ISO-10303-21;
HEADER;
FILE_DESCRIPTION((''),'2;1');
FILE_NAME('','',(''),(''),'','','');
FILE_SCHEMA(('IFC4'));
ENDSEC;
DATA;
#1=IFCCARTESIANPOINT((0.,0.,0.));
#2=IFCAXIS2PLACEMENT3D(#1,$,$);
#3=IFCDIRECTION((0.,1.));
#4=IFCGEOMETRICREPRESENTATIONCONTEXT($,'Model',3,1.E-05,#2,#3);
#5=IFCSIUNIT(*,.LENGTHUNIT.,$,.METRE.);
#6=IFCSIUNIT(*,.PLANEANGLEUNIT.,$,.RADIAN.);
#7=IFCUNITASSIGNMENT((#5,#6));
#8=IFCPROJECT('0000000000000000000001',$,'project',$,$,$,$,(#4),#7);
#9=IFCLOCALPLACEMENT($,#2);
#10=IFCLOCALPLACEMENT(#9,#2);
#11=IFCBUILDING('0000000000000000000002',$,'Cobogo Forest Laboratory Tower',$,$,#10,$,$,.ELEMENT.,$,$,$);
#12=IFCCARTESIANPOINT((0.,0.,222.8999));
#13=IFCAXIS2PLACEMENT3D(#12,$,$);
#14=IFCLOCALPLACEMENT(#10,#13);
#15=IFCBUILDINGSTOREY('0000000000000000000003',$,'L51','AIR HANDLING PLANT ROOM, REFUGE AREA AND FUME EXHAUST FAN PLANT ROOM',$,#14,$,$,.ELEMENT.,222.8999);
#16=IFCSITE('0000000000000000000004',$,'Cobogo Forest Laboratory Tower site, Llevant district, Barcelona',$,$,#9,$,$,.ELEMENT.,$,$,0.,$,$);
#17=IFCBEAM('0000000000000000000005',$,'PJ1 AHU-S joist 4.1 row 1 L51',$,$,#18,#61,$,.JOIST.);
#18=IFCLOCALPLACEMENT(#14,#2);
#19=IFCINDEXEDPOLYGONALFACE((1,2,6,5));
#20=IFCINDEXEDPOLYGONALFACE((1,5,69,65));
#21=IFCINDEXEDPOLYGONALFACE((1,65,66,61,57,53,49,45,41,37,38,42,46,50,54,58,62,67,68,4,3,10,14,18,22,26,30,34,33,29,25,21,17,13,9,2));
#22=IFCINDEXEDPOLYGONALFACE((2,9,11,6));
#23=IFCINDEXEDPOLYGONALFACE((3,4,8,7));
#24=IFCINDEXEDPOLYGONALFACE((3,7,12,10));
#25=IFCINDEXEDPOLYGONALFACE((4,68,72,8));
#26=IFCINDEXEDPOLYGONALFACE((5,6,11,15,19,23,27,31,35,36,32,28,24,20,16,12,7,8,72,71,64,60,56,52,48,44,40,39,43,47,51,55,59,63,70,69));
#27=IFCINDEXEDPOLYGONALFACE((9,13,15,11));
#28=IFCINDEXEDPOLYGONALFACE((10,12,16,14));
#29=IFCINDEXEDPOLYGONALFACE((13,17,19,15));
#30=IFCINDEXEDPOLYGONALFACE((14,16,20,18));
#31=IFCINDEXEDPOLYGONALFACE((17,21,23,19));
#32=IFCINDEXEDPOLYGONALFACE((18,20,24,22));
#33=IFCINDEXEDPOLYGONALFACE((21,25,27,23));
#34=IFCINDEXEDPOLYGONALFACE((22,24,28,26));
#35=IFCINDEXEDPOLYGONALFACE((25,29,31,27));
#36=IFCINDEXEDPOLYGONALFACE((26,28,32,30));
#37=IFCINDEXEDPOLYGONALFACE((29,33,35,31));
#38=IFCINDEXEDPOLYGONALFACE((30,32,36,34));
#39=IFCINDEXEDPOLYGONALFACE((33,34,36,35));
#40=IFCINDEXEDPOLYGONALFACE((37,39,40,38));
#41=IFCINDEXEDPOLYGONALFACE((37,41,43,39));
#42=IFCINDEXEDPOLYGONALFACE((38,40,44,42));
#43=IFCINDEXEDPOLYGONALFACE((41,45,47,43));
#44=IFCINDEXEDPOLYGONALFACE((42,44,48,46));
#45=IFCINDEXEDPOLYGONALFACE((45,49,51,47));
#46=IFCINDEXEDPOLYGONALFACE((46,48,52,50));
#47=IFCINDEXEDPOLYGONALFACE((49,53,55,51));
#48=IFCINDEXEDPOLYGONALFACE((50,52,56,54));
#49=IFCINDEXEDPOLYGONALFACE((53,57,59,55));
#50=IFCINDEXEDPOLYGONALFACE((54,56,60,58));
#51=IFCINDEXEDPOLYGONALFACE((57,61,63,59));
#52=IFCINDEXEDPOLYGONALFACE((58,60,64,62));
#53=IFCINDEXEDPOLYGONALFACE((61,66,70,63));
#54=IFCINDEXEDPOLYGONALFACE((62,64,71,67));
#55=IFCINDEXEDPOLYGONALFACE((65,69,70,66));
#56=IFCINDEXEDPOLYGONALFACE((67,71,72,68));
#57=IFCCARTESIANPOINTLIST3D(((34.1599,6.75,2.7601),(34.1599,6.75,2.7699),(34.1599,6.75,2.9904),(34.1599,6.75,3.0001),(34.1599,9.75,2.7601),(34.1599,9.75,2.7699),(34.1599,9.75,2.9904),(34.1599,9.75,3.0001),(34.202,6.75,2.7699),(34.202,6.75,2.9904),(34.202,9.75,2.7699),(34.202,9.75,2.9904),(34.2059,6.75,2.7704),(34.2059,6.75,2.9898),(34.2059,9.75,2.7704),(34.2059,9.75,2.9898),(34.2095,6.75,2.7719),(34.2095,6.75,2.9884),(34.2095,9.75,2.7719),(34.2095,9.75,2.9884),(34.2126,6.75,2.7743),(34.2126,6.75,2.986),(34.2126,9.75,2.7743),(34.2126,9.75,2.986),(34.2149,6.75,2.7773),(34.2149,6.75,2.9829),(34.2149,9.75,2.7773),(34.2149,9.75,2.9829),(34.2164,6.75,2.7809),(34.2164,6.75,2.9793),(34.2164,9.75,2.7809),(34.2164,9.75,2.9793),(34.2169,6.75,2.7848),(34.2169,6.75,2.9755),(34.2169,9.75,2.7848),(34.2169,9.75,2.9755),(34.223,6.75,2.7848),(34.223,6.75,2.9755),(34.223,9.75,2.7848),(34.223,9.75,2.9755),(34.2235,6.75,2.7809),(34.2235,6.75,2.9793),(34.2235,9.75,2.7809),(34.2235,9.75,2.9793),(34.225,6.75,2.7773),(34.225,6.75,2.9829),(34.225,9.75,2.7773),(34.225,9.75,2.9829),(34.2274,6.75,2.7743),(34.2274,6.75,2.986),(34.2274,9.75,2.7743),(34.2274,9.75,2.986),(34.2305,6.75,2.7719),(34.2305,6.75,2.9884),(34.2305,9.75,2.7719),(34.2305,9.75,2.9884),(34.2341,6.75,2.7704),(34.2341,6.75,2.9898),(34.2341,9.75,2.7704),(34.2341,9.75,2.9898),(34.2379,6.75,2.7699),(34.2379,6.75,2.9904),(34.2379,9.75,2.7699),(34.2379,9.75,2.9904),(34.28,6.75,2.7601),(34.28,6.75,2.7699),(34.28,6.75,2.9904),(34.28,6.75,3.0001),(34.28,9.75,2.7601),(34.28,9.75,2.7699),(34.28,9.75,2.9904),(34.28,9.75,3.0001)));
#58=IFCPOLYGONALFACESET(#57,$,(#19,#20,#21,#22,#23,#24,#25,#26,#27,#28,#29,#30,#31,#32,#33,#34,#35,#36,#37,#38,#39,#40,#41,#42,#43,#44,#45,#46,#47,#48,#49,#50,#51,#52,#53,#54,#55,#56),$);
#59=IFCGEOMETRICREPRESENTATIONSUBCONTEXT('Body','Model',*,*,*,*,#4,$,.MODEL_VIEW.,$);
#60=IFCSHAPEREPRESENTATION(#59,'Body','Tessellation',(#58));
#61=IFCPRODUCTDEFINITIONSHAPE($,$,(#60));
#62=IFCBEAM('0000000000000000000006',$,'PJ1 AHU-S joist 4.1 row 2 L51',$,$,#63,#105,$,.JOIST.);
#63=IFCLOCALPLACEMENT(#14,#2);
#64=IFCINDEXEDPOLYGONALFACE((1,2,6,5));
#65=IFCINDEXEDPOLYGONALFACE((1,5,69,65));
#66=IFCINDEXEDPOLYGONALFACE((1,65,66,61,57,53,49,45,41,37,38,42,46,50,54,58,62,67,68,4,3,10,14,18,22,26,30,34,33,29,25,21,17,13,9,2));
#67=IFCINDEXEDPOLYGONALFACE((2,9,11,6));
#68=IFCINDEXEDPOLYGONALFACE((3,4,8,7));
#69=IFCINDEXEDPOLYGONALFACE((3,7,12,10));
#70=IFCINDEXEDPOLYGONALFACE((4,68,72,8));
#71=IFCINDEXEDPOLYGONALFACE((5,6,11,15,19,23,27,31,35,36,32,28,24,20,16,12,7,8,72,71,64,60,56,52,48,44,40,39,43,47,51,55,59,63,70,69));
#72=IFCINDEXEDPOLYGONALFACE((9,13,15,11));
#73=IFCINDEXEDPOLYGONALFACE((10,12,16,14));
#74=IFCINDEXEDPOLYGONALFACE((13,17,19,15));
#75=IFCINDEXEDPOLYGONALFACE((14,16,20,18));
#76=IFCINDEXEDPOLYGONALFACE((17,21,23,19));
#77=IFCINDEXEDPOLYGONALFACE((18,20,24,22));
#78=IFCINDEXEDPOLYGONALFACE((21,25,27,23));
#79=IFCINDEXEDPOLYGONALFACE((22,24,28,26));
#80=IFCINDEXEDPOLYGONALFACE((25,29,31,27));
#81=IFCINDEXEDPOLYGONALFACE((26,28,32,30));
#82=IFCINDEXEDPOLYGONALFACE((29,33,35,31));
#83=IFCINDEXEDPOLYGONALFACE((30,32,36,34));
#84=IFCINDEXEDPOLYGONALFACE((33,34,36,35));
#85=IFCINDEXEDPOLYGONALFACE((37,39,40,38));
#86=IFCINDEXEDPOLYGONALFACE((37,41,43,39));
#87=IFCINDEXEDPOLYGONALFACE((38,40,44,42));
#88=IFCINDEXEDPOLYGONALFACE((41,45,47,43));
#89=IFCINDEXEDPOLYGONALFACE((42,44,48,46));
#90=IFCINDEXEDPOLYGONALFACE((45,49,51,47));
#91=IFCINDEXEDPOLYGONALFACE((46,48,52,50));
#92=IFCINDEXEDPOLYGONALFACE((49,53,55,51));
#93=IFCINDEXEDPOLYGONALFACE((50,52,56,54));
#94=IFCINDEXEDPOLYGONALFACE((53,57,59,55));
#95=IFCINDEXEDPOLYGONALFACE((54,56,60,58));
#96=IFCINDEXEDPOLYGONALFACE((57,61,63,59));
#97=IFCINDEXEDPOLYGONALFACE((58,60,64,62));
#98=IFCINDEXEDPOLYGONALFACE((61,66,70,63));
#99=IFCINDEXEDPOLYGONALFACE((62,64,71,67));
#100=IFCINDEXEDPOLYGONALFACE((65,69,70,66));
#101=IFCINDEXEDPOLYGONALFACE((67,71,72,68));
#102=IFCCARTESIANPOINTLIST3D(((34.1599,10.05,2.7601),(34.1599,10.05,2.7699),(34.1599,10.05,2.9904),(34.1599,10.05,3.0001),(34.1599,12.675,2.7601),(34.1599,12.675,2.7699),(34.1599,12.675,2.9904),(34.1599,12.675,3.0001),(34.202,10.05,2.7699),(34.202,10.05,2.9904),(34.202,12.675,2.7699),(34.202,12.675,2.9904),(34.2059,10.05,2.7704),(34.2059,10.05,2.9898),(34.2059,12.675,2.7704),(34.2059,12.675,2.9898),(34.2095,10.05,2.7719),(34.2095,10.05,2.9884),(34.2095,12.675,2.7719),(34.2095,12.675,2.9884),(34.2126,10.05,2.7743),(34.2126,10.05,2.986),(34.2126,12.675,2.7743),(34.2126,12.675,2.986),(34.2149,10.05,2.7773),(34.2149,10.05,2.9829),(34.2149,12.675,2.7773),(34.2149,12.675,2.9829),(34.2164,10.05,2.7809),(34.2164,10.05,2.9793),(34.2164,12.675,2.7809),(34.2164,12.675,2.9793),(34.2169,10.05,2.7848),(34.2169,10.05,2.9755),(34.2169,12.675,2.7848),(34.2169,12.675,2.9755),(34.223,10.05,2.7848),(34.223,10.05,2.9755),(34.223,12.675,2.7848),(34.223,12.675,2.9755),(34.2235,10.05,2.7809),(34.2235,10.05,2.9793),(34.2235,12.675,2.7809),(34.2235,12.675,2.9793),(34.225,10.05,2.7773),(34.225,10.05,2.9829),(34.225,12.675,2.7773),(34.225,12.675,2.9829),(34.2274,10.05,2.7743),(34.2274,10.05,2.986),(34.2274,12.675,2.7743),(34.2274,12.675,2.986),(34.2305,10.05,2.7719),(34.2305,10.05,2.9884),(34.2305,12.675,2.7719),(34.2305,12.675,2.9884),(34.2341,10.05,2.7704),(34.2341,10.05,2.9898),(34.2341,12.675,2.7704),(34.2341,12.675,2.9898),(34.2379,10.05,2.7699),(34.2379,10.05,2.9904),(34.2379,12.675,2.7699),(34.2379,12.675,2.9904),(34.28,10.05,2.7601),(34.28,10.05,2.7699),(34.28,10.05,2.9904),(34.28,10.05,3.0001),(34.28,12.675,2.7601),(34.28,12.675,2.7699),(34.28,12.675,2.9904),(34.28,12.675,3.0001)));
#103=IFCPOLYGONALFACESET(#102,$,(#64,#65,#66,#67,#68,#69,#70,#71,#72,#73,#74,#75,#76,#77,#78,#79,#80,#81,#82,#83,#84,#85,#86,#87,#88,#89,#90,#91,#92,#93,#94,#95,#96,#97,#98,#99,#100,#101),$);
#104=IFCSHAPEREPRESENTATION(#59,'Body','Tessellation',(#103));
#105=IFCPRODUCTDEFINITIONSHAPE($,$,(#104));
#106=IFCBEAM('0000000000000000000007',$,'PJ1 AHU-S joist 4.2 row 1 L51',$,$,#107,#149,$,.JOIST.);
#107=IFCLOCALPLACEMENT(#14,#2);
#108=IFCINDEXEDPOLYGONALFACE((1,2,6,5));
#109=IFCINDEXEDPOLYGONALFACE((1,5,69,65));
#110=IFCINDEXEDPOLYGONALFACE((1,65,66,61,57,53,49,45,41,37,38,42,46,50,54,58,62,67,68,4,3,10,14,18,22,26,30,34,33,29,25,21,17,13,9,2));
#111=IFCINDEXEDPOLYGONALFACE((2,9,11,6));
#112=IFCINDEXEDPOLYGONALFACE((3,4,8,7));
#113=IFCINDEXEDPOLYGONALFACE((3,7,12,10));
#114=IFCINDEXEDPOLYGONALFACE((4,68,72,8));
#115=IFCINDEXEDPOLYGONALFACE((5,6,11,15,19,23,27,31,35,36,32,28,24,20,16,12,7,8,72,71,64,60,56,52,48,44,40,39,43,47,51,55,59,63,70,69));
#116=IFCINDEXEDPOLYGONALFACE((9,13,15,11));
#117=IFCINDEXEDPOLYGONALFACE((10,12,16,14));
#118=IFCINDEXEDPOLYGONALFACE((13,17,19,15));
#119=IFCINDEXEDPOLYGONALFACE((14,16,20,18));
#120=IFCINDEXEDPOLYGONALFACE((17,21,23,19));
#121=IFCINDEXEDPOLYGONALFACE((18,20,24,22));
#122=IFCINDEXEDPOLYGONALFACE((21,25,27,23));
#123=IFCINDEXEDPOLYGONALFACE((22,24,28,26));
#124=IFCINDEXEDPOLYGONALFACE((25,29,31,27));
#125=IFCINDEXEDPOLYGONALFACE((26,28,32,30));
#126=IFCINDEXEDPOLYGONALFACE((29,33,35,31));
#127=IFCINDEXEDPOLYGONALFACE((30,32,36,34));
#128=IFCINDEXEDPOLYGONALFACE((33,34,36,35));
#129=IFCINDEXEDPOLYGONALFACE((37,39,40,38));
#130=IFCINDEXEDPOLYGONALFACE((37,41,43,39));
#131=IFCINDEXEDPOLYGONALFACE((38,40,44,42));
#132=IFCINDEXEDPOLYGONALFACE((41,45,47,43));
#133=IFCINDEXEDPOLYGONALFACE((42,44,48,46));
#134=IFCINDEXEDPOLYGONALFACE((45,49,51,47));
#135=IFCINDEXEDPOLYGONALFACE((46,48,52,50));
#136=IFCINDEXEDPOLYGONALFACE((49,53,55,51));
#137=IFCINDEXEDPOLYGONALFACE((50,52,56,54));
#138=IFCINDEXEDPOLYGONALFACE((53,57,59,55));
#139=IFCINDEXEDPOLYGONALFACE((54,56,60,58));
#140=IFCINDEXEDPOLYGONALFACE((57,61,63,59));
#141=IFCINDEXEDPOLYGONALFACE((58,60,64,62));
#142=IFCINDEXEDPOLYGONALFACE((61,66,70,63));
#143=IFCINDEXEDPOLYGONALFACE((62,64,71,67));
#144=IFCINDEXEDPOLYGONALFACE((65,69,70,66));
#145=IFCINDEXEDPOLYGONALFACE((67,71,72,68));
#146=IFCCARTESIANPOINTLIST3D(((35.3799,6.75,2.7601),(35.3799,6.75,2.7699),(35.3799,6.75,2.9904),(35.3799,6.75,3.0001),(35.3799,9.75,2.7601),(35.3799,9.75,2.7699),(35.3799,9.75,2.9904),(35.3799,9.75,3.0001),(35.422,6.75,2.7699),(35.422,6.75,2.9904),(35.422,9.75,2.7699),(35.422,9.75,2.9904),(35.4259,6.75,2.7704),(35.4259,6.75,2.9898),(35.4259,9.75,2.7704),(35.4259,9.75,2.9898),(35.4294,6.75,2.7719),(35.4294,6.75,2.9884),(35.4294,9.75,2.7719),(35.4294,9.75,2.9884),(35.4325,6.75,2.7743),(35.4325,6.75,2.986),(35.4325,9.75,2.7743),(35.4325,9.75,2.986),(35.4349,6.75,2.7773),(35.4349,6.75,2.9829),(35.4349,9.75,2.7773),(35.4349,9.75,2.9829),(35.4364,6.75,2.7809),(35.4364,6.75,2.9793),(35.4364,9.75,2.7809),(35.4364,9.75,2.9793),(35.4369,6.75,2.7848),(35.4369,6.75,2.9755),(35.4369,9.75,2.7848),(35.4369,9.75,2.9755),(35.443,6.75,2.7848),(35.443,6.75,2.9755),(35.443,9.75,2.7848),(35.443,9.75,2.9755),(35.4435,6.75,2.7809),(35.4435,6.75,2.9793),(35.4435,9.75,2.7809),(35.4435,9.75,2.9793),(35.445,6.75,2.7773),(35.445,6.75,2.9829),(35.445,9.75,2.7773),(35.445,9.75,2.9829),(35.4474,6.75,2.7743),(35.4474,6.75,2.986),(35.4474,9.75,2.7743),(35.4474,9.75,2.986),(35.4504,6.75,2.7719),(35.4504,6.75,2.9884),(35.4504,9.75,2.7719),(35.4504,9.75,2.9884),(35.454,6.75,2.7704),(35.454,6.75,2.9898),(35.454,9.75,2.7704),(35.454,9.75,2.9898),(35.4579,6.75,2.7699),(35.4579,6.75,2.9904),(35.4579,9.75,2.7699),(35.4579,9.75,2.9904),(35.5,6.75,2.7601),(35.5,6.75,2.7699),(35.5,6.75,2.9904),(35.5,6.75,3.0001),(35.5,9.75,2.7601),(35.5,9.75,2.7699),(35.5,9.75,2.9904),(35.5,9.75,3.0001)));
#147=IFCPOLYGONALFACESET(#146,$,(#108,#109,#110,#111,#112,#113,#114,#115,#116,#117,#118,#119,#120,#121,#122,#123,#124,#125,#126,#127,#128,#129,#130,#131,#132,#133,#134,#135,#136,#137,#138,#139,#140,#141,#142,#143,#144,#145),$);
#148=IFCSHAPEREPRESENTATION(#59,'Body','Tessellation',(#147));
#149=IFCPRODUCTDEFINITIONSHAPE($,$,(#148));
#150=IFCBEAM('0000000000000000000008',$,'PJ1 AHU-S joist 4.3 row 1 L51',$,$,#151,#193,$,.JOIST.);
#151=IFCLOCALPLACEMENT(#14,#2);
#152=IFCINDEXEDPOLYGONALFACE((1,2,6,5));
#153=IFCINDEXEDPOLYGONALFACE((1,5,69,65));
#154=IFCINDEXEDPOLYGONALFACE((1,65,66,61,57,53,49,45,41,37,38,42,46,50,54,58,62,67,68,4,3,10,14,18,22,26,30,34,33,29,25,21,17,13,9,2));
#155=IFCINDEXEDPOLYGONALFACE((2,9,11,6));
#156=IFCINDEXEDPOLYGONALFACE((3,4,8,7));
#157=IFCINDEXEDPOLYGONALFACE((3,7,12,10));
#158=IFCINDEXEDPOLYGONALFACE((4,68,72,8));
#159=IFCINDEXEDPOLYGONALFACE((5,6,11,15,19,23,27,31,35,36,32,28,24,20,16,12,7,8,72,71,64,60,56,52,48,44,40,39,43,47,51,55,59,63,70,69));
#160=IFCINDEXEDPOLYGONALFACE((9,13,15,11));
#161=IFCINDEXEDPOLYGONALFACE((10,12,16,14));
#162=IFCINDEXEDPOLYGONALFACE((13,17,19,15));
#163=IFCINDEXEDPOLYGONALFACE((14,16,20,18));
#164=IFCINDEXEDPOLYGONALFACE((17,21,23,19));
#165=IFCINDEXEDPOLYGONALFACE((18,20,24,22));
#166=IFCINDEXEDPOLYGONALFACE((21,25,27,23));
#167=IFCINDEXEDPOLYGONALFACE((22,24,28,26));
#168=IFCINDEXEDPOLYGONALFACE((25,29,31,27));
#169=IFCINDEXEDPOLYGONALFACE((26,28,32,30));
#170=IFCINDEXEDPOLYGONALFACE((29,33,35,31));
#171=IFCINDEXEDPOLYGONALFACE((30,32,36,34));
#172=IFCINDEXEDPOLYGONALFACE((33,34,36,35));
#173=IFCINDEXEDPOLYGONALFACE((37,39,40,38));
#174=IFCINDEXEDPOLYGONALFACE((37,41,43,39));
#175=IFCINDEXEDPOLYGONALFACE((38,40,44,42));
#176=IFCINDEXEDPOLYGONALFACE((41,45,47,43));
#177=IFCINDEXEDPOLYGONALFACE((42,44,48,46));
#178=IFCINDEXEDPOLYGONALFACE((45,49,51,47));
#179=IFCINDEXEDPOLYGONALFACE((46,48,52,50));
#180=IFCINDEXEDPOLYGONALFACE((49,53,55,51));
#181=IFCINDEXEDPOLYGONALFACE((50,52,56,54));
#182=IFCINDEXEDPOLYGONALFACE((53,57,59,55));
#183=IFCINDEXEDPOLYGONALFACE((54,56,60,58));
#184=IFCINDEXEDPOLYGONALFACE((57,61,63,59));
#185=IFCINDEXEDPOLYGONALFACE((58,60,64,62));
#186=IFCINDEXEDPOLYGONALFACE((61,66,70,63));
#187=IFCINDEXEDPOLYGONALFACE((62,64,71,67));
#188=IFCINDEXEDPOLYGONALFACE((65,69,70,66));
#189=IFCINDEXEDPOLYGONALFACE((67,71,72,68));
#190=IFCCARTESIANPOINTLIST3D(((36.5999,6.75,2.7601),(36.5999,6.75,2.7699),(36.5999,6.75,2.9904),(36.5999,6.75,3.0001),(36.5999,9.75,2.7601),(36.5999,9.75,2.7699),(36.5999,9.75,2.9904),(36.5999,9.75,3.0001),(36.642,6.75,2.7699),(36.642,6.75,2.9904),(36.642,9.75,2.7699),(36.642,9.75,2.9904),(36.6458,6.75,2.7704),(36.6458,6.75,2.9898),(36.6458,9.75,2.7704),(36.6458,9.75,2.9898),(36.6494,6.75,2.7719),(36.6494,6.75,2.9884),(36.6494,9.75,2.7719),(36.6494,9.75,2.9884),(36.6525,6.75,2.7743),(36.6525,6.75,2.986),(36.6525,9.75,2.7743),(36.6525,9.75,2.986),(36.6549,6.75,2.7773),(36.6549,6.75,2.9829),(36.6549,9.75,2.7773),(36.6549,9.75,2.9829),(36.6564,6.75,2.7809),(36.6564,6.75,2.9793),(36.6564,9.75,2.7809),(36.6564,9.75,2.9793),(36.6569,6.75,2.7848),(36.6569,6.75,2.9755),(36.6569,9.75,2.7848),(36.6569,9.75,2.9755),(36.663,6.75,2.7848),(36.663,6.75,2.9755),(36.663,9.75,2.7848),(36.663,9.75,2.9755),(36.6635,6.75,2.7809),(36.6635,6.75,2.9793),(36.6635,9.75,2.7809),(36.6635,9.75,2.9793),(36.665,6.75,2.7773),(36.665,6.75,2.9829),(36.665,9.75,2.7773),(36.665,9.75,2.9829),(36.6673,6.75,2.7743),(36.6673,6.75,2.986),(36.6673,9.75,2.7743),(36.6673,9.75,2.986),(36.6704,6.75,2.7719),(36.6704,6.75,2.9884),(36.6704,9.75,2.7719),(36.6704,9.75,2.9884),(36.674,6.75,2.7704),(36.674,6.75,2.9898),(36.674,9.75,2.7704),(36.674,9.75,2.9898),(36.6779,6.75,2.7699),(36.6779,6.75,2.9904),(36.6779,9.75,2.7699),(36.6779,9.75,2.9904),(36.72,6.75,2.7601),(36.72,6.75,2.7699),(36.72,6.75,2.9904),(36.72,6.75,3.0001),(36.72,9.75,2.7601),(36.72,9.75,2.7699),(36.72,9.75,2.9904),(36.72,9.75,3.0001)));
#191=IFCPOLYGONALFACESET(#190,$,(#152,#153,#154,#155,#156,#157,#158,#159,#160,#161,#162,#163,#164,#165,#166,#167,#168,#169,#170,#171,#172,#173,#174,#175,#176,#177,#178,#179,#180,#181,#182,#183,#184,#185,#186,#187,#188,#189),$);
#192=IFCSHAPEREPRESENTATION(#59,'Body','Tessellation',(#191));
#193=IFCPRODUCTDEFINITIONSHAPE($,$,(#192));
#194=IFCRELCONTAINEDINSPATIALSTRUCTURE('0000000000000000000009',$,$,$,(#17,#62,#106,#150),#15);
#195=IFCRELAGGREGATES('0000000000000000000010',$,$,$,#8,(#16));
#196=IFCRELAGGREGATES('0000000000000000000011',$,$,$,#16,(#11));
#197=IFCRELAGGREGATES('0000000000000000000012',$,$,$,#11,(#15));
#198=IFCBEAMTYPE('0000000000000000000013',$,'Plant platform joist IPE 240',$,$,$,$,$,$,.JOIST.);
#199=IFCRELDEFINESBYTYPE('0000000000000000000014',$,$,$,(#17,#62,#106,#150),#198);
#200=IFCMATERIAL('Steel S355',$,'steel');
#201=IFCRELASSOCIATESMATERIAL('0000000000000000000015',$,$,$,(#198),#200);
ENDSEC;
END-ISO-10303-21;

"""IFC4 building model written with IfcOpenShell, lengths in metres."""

from ifc_helpers import new_model, si_unit, direction, frame, origin, origin_2d, place, context, subcontext, project, spatial, i_section, extrude, material, material_profile, profile_set, type_object, element, save


model = new_model("IFC4")

# Units and contexts
model_context = context("Model", 3, precision=1e-05, world=origin(), true_north=direction((0.0, 1.0)))
body_context = subcontext(model_context, "Body", "Model", "MODEL_VIEW")
ifc_project = project(units=[si_unit("LENGTHUNIT", "METRE"), si_unit("PLANEANGLEUNIT", "RADIAN")], contexts=[model_context])

# Site, building, storey
site_placement = place(None, origin())
site = spatial("IfcSite", under=ifc_project, at=site_placement, Name="Cobogo Forest Laboratory Tower site, Llevant district, Barcelona", CompositionType="ELEMENT", RefElevation=0.0)
building_placement = place(site_placement, origin())
building = spatial("IfcBuilding", under=site, at=building_placement, Name="Cobogo Forest Laboratory Tower", CompositionType="ELEMENT")
storey_placement = place(building_placement, frame((0.0, 0.0, 222.8999)))
storey = spatial("IfcBuildingStorey", under=building, at=storey_placement, Name="L51", Description="AIR HANDLING PLANT ROOM, REFUGE AREA AND FUME EXHAUST FAN PLANT ROOM", CompositionType="ELEMENT", Elevation=222.8999)

# Beams
ifc_material = material(Name="Steel S355", Category="steel")
ifc_material_profile_1 = material_profile(ifc_material, i_section(OverallWidth=0.1201, OverallDepth=0.24, WebThickness=0.0061, FlangeThickness=0.0098, FilletRadius=0.0149, at=origin_2d()), Name="IPE 240")
ifc_profile_set_1 = profile_set([ifc_material_profile_1], Name="Steel S355")
beam_type_1 = type_object("IfcBeamType", Name="Plant platform joist IPE 240", PredefinedType="JOIST", material=ifc_profile_set_1)
beam_1_placement = place(storey_placement, frame((34.22, 6.75, 2.8801), z_axis=(0.0, 1.0, 0.0), x_axis=(-1.0, 0.0, 0.0)))
element("IfcBeam", 1, at=beam_1_placement, inside=storey, type_object=beam_type_1, Name="PJ1 AHU-S joist 4.1 row 1 L51", PredefinedType="JOIST", context=body_context, shape_type="SweptSolid", body=[
    extrude(i_section(OverallWidth=0.1201, OverallDepth=0.24, WebThickness=0.0061, FlangeThickness=0.0098, FilletRadius=0.0149, at=origin_2d()), origin(), (0.0, 0.0, 1.0), 3.0),
])
beam_2_placement = place(storey_placement, frame((34.22, 10.05, 2.8801), z_axis=(0.0, 1.0, 0.0), x_axis=(-1.0, 0.0, 0.0)))
element("IfcBeam", 2, at=beam_2_placement, inside=storey, type_object=beam_type_1, Name="PJ1 AHU-S joist 4.1 row 2 L51", PredefinedType="JOIST", context=body_context, shape_type="SweptSolid", body=[
    extrude(i_section(OverallWidth=0.1201, OverallDepth=0.24, WebThickness=0.0061, FlangeThickness=0.0098, FilletRadius=0.0149, at=origin_2d()), origin(), (0.0, 0.0, 1.0), 2.625),
])
for number, where, z_axis, x_axis, name in (
    (3, (35.4399, 6.75, 2.8801), (0.0, 1.0, 0.0), (-1.0, 0.0, 0.0), "PJ1 AHU-S joist 4.2 row 1 L51"),
    (4, (36.6599, 6.75, 2.8801), (0.0, 1.0, 0.0), (-1.0, 0.0, 0.0), "PJ1 AHU-S joist 4.3 row 1 L51"),
):
    element("IfcBeam", number, at=place(storey_placement, frame(where, z_axis=z_axis, x_axis=x_axis)), inside=storey, type_object=beam_type_1, Name=name, PredefinedType="JOIST", context=body_context, shape_type="SweptSolid", body=[
        extrude(i_section(OverallWidth=0.1201, OverallDepth=0.24, WebThickness=0.0061, FlangeThickness=0.0098, FilletRadius=0.0149, at=origin_2d()), origin(), (0.0, 0.0, 1.0), 3.0),
    ])

save(model, "model.ifc")
